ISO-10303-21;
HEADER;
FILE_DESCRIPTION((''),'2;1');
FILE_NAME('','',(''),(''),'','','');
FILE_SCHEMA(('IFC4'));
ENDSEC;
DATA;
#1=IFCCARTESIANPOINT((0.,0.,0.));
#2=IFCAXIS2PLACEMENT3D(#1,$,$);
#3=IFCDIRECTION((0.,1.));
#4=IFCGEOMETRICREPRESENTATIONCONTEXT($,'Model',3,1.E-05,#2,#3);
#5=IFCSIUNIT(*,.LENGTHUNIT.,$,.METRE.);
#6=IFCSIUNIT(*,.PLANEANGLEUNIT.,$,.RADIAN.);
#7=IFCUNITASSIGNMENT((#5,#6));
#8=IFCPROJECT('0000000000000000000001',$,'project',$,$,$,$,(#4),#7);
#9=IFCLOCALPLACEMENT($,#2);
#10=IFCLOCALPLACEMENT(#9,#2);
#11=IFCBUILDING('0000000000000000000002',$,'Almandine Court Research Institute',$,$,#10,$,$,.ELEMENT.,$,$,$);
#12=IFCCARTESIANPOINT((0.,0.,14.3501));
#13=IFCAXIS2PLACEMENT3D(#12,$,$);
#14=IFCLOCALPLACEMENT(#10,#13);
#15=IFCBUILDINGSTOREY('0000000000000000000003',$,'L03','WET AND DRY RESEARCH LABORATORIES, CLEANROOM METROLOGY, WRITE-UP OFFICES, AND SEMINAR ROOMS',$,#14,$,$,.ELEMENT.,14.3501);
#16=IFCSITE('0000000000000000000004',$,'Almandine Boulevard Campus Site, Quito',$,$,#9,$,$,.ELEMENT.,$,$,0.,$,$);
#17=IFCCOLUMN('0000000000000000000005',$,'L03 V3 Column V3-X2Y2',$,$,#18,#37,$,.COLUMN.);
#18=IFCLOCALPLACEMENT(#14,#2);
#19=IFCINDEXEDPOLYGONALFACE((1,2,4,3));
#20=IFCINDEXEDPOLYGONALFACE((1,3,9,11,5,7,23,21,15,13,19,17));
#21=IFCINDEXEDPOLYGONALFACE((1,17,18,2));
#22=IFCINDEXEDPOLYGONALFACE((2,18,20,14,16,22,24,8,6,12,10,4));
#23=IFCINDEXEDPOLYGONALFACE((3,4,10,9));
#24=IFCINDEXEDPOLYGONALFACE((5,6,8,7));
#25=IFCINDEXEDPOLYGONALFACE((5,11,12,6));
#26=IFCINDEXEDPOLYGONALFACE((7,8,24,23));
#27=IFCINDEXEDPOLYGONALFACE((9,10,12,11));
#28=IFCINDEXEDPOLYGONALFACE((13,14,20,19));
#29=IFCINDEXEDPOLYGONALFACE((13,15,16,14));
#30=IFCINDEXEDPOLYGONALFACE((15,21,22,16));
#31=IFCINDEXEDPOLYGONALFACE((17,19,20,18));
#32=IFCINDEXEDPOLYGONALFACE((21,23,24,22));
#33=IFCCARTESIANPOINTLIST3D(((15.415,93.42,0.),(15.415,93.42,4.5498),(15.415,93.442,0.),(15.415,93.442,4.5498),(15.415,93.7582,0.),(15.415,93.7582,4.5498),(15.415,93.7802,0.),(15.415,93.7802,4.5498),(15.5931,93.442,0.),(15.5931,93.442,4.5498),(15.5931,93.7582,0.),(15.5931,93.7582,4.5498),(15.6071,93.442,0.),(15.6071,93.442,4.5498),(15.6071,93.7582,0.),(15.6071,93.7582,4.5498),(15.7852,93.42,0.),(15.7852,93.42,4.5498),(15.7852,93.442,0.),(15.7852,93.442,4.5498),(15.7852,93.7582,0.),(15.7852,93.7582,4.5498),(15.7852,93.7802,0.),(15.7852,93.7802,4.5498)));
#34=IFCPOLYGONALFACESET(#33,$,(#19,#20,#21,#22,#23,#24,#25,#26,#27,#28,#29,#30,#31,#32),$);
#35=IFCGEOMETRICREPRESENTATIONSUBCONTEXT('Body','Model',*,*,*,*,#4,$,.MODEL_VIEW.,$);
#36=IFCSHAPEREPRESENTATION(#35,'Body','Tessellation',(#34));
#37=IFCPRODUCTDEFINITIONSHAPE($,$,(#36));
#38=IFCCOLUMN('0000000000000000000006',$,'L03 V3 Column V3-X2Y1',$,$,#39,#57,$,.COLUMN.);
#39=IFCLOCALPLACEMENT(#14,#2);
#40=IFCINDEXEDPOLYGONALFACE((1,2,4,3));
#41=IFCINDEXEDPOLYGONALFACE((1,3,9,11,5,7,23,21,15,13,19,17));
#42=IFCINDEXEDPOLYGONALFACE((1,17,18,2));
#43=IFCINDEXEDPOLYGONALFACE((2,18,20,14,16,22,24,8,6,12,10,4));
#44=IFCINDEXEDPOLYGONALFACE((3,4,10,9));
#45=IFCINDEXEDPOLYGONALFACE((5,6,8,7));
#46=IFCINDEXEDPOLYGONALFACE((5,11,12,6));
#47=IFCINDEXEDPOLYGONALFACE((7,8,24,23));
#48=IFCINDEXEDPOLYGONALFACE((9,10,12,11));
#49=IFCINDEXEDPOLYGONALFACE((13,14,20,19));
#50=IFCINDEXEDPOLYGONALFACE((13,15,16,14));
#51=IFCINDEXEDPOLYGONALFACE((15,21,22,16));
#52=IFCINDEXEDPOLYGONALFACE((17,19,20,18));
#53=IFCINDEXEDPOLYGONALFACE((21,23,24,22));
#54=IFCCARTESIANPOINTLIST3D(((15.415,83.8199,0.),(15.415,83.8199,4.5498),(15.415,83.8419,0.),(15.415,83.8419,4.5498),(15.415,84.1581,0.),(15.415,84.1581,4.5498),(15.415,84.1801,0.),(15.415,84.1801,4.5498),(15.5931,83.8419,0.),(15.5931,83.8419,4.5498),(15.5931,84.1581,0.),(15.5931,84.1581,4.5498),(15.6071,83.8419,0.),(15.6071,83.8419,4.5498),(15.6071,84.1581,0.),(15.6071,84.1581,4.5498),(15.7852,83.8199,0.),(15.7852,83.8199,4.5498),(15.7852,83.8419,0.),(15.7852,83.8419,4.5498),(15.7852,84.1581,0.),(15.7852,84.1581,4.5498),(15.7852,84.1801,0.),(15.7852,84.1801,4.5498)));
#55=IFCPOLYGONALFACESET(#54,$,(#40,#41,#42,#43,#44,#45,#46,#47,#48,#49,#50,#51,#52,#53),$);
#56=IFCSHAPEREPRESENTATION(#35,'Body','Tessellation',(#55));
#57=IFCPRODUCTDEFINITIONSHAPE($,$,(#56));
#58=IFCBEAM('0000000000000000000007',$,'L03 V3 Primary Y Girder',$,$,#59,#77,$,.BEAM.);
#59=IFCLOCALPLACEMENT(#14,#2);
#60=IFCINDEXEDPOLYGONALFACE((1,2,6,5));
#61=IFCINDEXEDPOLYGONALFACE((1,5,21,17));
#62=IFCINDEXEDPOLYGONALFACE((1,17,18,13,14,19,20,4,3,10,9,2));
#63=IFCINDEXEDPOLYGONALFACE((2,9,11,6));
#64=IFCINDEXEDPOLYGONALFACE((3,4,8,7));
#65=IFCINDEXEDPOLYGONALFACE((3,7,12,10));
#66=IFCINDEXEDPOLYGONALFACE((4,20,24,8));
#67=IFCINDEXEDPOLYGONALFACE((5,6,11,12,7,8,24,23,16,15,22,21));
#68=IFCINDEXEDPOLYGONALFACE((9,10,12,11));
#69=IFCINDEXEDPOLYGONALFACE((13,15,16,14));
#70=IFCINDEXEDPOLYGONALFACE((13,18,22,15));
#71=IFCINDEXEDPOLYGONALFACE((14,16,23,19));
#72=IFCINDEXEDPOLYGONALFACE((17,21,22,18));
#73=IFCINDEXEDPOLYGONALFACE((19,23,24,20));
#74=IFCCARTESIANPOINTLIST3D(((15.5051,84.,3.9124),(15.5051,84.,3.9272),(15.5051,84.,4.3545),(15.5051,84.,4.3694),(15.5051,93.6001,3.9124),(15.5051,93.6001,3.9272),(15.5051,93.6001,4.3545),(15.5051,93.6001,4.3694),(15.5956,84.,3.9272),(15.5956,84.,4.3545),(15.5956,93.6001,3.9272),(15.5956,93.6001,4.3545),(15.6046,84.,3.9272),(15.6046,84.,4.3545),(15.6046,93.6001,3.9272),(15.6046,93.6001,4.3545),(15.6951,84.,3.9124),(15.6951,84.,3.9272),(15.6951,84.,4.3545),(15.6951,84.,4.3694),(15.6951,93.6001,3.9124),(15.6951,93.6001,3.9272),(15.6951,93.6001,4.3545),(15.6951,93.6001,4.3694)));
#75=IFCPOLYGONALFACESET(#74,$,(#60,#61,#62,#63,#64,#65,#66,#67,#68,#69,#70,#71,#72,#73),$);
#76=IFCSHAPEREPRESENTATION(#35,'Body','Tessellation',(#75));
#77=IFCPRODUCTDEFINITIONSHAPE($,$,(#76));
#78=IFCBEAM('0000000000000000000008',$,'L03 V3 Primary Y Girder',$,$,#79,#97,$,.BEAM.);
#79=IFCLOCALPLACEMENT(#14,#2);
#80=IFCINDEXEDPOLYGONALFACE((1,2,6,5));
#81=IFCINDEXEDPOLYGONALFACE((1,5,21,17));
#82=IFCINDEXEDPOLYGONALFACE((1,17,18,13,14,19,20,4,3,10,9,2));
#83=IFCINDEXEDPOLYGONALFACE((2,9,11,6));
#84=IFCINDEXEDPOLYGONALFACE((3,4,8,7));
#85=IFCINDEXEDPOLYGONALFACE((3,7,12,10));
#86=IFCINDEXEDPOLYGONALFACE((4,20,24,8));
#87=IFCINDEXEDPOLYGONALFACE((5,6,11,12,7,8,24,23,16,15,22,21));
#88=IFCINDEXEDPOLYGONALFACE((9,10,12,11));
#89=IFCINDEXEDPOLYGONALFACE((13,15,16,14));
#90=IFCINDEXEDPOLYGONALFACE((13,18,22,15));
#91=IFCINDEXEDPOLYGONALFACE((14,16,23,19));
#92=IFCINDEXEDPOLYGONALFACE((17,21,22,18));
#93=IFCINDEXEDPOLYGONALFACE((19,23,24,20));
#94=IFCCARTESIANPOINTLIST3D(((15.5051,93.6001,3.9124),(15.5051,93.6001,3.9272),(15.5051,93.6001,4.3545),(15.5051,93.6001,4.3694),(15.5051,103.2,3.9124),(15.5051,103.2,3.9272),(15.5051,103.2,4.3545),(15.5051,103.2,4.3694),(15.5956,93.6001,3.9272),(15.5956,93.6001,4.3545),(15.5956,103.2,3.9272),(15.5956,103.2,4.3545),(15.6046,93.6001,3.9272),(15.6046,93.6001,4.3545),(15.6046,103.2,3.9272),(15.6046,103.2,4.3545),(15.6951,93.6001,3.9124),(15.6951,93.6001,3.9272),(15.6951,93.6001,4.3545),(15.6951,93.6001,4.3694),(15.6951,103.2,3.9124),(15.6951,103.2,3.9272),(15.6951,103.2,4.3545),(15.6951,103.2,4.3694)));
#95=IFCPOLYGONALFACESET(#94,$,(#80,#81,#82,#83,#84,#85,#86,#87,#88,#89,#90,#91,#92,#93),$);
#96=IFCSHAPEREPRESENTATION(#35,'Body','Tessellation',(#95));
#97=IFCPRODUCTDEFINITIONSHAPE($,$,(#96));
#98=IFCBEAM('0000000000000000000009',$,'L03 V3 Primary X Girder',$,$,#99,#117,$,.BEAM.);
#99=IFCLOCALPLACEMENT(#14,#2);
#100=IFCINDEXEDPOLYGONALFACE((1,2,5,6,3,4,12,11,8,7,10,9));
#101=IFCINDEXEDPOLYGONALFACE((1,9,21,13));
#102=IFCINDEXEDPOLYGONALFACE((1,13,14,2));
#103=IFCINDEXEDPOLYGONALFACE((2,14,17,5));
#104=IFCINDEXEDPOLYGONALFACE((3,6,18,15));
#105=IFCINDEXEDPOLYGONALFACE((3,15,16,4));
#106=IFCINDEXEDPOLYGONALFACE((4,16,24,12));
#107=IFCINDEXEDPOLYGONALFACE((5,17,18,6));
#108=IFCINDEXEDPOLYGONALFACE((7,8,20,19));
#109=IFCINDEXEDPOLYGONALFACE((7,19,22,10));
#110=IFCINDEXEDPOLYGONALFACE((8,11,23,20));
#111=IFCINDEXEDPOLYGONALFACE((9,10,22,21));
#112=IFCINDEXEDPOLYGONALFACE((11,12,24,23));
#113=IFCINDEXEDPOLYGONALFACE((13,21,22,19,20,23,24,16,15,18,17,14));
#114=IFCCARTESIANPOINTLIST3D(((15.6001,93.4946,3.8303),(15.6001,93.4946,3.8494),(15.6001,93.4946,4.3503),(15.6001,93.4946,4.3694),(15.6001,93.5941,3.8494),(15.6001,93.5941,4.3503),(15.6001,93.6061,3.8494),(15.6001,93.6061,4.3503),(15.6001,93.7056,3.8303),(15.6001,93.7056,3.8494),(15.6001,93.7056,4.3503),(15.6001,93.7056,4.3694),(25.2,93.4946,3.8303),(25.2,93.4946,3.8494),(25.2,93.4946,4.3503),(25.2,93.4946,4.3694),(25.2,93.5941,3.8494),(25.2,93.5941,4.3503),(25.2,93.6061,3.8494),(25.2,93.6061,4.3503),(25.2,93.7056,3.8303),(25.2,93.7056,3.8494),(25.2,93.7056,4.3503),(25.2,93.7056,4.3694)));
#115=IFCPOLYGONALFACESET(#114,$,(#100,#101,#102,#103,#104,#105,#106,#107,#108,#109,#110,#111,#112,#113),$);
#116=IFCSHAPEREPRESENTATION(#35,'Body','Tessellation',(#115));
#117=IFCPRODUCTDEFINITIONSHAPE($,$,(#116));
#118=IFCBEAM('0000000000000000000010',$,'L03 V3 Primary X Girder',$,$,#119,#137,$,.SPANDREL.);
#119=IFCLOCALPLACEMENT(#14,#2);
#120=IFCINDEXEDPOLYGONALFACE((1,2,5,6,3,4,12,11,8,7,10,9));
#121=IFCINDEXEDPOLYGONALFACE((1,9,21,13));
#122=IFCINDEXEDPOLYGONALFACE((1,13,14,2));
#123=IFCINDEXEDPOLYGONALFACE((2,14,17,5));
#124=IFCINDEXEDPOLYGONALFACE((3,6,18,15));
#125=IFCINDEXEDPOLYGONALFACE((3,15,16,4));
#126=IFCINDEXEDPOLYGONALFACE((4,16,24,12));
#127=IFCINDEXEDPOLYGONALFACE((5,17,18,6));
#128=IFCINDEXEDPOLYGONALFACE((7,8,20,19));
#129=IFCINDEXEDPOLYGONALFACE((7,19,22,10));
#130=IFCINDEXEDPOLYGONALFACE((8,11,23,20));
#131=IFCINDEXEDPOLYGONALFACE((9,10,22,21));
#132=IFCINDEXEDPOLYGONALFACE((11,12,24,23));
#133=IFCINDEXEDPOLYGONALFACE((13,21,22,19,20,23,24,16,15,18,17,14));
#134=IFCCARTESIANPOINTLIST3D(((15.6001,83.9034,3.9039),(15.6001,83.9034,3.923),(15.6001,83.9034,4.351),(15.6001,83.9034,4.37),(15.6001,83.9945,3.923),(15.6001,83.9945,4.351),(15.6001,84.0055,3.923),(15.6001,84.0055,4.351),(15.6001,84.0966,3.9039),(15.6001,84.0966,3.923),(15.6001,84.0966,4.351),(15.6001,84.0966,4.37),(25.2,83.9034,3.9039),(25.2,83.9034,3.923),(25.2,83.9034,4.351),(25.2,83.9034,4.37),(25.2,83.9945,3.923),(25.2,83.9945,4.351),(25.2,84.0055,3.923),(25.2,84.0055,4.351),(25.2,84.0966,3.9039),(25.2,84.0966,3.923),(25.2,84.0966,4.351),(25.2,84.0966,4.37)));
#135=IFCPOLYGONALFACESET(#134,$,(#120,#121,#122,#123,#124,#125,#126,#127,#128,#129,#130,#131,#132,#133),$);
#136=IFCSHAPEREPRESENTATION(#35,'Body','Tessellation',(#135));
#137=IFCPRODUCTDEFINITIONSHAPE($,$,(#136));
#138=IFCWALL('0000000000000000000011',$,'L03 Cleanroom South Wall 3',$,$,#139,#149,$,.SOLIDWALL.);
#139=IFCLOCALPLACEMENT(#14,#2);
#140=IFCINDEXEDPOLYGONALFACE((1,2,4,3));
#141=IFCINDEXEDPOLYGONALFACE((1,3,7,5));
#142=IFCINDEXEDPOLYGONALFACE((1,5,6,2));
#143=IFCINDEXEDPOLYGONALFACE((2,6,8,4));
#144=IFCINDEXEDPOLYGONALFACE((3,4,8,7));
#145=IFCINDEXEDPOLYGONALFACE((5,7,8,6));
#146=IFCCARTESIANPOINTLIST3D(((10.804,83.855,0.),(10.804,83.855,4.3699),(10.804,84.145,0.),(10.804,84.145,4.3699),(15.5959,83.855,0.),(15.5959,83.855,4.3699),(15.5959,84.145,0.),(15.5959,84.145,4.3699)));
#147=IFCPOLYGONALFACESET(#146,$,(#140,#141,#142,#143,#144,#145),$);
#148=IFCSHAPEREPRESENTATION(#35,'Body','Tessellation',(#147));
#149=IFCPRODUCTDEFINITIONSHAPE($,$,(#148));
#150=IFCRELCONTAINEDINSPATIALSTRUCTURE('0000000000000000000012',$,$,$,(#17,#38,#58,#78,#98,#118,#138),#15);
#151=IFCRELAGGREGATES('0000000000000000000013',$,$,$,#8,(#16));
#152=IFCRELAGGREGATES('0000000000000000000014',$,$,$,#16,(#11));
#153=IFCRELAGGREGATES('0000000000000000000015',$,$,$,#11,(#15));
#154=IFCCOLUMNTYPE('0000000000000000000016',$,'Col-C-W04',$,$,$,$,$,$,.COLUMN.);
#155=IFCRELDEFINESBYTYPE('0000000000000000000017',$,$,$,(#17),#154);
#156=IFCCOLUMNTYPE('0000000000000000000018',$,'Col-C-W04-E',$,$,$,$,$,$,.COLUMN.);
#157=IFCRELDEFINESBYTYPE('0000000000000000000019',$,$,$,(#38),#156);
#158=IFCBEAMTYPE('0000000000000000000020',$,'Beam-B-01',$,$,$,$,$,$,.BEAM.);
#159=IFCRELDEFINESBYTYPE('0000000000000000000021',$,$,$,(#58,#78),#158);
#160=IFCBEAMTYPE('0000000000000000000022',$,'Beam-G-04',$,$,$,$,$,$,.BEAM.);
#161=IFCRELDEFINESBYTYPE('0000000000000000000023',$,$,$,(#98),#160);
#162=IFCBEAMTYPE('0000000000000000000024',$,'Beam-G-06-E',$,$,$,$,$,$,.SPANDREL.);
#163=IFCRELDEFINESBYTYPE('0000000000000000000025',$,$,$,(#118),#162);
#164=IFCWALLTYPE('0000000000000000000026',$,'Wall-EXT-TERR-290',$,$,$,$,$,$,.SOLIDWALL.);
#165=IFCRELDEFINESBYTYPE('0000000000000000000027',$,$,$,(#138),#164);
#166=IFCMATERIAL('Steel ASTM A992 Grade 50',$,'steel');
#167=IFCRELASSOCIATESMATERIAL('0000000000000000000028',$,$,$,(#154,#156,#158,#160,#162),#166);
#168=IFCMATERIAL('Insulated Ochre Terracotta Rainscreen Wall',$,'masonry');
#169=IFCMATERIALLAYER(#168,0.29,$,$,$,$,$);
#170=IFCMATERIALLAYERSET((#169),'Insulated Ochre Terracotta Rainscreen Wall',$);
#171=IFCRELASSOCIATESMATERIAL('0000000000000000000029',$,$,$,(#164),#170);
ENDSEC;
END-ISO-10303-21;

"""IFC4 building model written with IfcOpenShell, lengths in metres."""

from ifc_helpers import new_model, si_unit, direction, frame, frame_2d, origin, origin_2d, place, context, subcontext, project, spatial, rectangle, i_section, extrude, material, layer, layer_set, material_profile, profile_set, type_object, element, save


model = new_model("IFC4")

# Units and contexts
model_context = context("Model", 3, precision=1e-05, world=origin(), true_north=direction((0.0, 1.0)))
body_context = subcontext(model_context, "Body", "Model", "MODEL_VIEW")
ifc_project = project(units=[si_unit("LENGTHUNIT", "METRE"), si_unit("PLANEANGLEUNIT", "RADIAN")], contexts=[model_context])

# Site, building, storey
site_placement = place(None, origin())
site = spatial("IfcSite", under=ifc_project, at=site_placement, Name="Almandine Boulevard Campus Site, Quito", CompositionType="ELEMENT", RefElevation=0.0)
building_placement = place(site_placement, origin())
building = spatial("IfcBuilding", under=site, at=building_placement, Name="Almandine Court Research Institute", CompositionType="ELEMENT")
storey_placement = place(building_placement, frame((0.0, 0.0, 14.3501)))
storey = spatial("IfcBuildingStorey", under=building, at=storey_placement, Name="L03", Description="WET AND DRY RESEARCH LABORATORIES, CLEANROOM METROLOGY, WRITE-UP OFFICES, AND SEMINAR ROOMS", CompositionType="ELEMENT", Elevation=14.3501)

# Columns
ifc_material_1 = material(Name="Steel ASTM A992 Grade 50", Category="steel")
ifc_material_profile_1 = material_profile(ifc_material_1, i_section(OverallWidth=0.3701, OverallDepth=0.3601, WebThickness=0.0139, FlangeThickness=0.022, at=origin_2d()), Name="W360x147")
ifc_profile_set_1 = profile_set([ifc_material_profile_1], Name="Steel ASTM A992 Grade 50")
column_type_1 = type_object("IfcColumnType", Name="Col-C-W04", PredefinedType="COLUMN", material=ifc_profile_set_1)
column_1_placement = place(storey_placement, frame((15.6001, 93.6001, 0.0), z_axis=(0.0, 0.0, 1.0), x_axis=(1.0, 0.0, 0.0)))
element("IfcColumn", 1, at=column_1_placement, inside=storey, type_object=column_type_1, Name="L03 V3 Column V3-X2Y2", PredefinedType="COLUMN", context=body_context, shape_type="SweptSolid", body=[
    extrude(i_section(OverallWidth=0.3701, OverallDepth=0.3601, WebThickness=0.0139, FlangeThickness=0.022, at=origin_2d()), origin(), (0.0, 0.0, 1.0), 4.5498),
])
ifc_material_profile_2 = material_profile(ifc_material_1, i_section(OverallWidth=0.3701, OverallDepth=0.3601, WebThickness=0.0139, FlangeThickness=0.022, at=origin_2d()), Name="W360x147")
ifc_profile_set_2 = profile_set([ifc_material_profile_2], Name="Steel ASTM A992 Grade 50")
column_type_2 = type_object("IfcColumnType", Name="Col-C-W04-E", PredefinedType="COLUMN", material=ifc_profile_set_2)
column_2_placement = place(storey_placement, frame((15.6001, 84.0, 0.0), z_axis=(0.0, 0.0, 1.0), x_axis=(1.0, 0.0, 0.0)))
element("IfcColumn", 2, at=column_2_placement, inside=storey, type_object=column_type_2, Name="L03 V3 Column V3-X2Y1", PredefinedType="COLUMN", context=body_context, shape_type="SweptSolid", body=[
    extrude(i_section(OverallWidth=0.3701, OverallDepth=0.3601, WebThickness=0.0139, FlangeThickness=0.022, at=origin_2d()), origin(), (0.0, 0.0, 1.0), 4.5498),
])

# Beams
ifc_material_profile_3 = material_profile(ifc_material_1, i_section(OverallWidth=0.1899, OverallDepth=0.457, WebThickness=0.009, FlangeThickness=0.0149, at=origin_2d()), Name="W460x74")
ifc_profile_set_3 = profile_set([ifc_material_profile_3], Name="Steel ASTM A992 Grade 50")
beam_type_1 = type_object("IfcBeamType", Name="Beam-B-01", PredefinedType="BEAM", material=ifc_profile_set_3)
beam_1_placement = place(storey_placement, frame((15.6001, 84.0, 4.1409), z_axis=(0.0, 1.0, 0.0), x_axis=(-1.0, 0.0, 0.0)))
element("IfcBeam", 3, at=beam_1_placement, inside=storey, type_object=beam_type_1, Name="L03 V3 Primary Y Girder", PredefinedType="BEAM", context=body_context, shape_type="SweptSolid", body=[
    extrude(i_section(OverallWidth=0.1899, OverallDepth=0.457, WebThickness=0.009, FlangeThickness=0.0149, at=origin_2d()), origin(), (0.0, 0.0, 1.0), 9.6001),
])
beam_2_placement = place(storey_placement, frame((15.6001, 93.6001, 4.1409), z_axis=(0.0, 1.0, 0.0), x_axis=(-1.0, 0.0, 0.0)))
element("IfcBeam", 4, at=beam_2_placement, inside=storey, type_object=beam_type_1, Name="L03 V3 Primary Y Girder", PredefinedType="BEAM", context=body_context, shape_type="SweptSolid", body=[
    extrude(i_section(OverallWidth=0.1899, OverallDepth=0.457, WebThickness=0.009, FlangeThickness=0.0149, at=origin_2d()), origin(), (0.0, 0.0, 1.0), 9.5999),
])
ifc_material_profile_4 = material_profile(ifc_material_1, i_section(OverallWidth=0.2109, OverallDepth=0.5391, WebThickness=0.012, FlangeThickness=0.019, at=origin_2d()), Name="W530x109")
ifc_profile_set_4 = profile_set([ifc_material_profile_4], Name="Steel ASTM A992 Grade 50")
beam_type_2 = type_object("IfcBeamType", Name="Beam-G-04", PredefinedType="BEAM", material=ifc_profile_set_4)
beam_3_placement = place(storey_placement, frame((15.6001, 93.6001, 4.0999), z_axis=(1.0, 0.0, 0.0), x_axis=(0.0, 1.0, 0.0)))
element("IfcBeam", 5, at=beam_3_placement, inside=storey, type_object=beam_type_2, Name="L03 V3 Primary X Girder", PredefinedType="BEAM", context=body_context, shape_type="SweptSolid", body=[
    extrude(i_section(OverallWidth=0.2109, OverallDepth=0.5391, WebThickness=0.012, FlangeThickness=0.019, at=origin_2d()), origin(), (0.0, 0.0, 1.0), 9.5999),
])
ifc_material_profile_5 = material_profile(ifc_material_1, i_section(OverallWidth=0.1931, OverallDepth=0.4661, WebThickness=0.011, FlangeThickness=0.019, at=origin_2d()), Name="W460x97")
ifc_profile_set_5 = profile_set([ifc_material_profile_5], Name="Steel ASTM A992 Grade 50")
beam_type_3 = type_object("IfcBeamType", Name="Beam-G-06-E", PredefinedType="SPANDREL", material=ifc_profile_set_5)
beam_4_placement = place(storey_placement, frame((15.6001, 84.0, 4.137), z_axis=(1.0, 0.0, 0.0), x_axis=(0.0, 1.0, 0.0)))
element("IfcBeam", 6, at=beam_4_placement, inside=storey, type_object=beam_type_3, Name="L03 V3 Primary X Girder", PredefinedType="SPANDREL", context=body_context, shape_type="SweptSolid", body=[
    extrude(i_section(OverallWidth=0.1931, OverallDepth=0.4661, WebThickness=0.011, FlangeThickness=0.019, at=origin_2d()), origin(), (0.0, 0.0, 1.0), 9.5999),
])

# Wall
ifc_material_2 = material(Name="Insulated Ochre Terracotta Rainscreen Wall", Category="masonry")
ifc_layer_1 = layer(ifc_material_2, 0.29)
ifc_layer_set_1 = layer_set([ifc_layer_1], Name="Insulated Ochre Terracotta Rainscreen Wall")
wall_type_1 = type_object("IfcWallType", Name="Wall-EXT-TERR-290", PredefinedType="SOLIDWALL", material=ifc_layer_set_1)
wall_1_placement = place(storey_placement, frame((15.5959, 84.0, 0.0), z_axis=(0.0, 0.0, 1.0), x_axis=(-1.0, 0.0, 0.0)))
element("IfcWall", 7, at=wall_1_placement, inside=storey, type_object=wall_type_1, Name="L03 Cleanroom South Wall 3", PredefinedType="SOLIDWALL", context=body_context, shape_type="SweptSolid", body=[
    extrude(rectangle(XDim=4.792, YDim=0.29, at=frame_2d((2.396, 0.0))), origin(), (0.0, 0.0, 1.0), 4.3699),
])

save(model, "model.ifc")
